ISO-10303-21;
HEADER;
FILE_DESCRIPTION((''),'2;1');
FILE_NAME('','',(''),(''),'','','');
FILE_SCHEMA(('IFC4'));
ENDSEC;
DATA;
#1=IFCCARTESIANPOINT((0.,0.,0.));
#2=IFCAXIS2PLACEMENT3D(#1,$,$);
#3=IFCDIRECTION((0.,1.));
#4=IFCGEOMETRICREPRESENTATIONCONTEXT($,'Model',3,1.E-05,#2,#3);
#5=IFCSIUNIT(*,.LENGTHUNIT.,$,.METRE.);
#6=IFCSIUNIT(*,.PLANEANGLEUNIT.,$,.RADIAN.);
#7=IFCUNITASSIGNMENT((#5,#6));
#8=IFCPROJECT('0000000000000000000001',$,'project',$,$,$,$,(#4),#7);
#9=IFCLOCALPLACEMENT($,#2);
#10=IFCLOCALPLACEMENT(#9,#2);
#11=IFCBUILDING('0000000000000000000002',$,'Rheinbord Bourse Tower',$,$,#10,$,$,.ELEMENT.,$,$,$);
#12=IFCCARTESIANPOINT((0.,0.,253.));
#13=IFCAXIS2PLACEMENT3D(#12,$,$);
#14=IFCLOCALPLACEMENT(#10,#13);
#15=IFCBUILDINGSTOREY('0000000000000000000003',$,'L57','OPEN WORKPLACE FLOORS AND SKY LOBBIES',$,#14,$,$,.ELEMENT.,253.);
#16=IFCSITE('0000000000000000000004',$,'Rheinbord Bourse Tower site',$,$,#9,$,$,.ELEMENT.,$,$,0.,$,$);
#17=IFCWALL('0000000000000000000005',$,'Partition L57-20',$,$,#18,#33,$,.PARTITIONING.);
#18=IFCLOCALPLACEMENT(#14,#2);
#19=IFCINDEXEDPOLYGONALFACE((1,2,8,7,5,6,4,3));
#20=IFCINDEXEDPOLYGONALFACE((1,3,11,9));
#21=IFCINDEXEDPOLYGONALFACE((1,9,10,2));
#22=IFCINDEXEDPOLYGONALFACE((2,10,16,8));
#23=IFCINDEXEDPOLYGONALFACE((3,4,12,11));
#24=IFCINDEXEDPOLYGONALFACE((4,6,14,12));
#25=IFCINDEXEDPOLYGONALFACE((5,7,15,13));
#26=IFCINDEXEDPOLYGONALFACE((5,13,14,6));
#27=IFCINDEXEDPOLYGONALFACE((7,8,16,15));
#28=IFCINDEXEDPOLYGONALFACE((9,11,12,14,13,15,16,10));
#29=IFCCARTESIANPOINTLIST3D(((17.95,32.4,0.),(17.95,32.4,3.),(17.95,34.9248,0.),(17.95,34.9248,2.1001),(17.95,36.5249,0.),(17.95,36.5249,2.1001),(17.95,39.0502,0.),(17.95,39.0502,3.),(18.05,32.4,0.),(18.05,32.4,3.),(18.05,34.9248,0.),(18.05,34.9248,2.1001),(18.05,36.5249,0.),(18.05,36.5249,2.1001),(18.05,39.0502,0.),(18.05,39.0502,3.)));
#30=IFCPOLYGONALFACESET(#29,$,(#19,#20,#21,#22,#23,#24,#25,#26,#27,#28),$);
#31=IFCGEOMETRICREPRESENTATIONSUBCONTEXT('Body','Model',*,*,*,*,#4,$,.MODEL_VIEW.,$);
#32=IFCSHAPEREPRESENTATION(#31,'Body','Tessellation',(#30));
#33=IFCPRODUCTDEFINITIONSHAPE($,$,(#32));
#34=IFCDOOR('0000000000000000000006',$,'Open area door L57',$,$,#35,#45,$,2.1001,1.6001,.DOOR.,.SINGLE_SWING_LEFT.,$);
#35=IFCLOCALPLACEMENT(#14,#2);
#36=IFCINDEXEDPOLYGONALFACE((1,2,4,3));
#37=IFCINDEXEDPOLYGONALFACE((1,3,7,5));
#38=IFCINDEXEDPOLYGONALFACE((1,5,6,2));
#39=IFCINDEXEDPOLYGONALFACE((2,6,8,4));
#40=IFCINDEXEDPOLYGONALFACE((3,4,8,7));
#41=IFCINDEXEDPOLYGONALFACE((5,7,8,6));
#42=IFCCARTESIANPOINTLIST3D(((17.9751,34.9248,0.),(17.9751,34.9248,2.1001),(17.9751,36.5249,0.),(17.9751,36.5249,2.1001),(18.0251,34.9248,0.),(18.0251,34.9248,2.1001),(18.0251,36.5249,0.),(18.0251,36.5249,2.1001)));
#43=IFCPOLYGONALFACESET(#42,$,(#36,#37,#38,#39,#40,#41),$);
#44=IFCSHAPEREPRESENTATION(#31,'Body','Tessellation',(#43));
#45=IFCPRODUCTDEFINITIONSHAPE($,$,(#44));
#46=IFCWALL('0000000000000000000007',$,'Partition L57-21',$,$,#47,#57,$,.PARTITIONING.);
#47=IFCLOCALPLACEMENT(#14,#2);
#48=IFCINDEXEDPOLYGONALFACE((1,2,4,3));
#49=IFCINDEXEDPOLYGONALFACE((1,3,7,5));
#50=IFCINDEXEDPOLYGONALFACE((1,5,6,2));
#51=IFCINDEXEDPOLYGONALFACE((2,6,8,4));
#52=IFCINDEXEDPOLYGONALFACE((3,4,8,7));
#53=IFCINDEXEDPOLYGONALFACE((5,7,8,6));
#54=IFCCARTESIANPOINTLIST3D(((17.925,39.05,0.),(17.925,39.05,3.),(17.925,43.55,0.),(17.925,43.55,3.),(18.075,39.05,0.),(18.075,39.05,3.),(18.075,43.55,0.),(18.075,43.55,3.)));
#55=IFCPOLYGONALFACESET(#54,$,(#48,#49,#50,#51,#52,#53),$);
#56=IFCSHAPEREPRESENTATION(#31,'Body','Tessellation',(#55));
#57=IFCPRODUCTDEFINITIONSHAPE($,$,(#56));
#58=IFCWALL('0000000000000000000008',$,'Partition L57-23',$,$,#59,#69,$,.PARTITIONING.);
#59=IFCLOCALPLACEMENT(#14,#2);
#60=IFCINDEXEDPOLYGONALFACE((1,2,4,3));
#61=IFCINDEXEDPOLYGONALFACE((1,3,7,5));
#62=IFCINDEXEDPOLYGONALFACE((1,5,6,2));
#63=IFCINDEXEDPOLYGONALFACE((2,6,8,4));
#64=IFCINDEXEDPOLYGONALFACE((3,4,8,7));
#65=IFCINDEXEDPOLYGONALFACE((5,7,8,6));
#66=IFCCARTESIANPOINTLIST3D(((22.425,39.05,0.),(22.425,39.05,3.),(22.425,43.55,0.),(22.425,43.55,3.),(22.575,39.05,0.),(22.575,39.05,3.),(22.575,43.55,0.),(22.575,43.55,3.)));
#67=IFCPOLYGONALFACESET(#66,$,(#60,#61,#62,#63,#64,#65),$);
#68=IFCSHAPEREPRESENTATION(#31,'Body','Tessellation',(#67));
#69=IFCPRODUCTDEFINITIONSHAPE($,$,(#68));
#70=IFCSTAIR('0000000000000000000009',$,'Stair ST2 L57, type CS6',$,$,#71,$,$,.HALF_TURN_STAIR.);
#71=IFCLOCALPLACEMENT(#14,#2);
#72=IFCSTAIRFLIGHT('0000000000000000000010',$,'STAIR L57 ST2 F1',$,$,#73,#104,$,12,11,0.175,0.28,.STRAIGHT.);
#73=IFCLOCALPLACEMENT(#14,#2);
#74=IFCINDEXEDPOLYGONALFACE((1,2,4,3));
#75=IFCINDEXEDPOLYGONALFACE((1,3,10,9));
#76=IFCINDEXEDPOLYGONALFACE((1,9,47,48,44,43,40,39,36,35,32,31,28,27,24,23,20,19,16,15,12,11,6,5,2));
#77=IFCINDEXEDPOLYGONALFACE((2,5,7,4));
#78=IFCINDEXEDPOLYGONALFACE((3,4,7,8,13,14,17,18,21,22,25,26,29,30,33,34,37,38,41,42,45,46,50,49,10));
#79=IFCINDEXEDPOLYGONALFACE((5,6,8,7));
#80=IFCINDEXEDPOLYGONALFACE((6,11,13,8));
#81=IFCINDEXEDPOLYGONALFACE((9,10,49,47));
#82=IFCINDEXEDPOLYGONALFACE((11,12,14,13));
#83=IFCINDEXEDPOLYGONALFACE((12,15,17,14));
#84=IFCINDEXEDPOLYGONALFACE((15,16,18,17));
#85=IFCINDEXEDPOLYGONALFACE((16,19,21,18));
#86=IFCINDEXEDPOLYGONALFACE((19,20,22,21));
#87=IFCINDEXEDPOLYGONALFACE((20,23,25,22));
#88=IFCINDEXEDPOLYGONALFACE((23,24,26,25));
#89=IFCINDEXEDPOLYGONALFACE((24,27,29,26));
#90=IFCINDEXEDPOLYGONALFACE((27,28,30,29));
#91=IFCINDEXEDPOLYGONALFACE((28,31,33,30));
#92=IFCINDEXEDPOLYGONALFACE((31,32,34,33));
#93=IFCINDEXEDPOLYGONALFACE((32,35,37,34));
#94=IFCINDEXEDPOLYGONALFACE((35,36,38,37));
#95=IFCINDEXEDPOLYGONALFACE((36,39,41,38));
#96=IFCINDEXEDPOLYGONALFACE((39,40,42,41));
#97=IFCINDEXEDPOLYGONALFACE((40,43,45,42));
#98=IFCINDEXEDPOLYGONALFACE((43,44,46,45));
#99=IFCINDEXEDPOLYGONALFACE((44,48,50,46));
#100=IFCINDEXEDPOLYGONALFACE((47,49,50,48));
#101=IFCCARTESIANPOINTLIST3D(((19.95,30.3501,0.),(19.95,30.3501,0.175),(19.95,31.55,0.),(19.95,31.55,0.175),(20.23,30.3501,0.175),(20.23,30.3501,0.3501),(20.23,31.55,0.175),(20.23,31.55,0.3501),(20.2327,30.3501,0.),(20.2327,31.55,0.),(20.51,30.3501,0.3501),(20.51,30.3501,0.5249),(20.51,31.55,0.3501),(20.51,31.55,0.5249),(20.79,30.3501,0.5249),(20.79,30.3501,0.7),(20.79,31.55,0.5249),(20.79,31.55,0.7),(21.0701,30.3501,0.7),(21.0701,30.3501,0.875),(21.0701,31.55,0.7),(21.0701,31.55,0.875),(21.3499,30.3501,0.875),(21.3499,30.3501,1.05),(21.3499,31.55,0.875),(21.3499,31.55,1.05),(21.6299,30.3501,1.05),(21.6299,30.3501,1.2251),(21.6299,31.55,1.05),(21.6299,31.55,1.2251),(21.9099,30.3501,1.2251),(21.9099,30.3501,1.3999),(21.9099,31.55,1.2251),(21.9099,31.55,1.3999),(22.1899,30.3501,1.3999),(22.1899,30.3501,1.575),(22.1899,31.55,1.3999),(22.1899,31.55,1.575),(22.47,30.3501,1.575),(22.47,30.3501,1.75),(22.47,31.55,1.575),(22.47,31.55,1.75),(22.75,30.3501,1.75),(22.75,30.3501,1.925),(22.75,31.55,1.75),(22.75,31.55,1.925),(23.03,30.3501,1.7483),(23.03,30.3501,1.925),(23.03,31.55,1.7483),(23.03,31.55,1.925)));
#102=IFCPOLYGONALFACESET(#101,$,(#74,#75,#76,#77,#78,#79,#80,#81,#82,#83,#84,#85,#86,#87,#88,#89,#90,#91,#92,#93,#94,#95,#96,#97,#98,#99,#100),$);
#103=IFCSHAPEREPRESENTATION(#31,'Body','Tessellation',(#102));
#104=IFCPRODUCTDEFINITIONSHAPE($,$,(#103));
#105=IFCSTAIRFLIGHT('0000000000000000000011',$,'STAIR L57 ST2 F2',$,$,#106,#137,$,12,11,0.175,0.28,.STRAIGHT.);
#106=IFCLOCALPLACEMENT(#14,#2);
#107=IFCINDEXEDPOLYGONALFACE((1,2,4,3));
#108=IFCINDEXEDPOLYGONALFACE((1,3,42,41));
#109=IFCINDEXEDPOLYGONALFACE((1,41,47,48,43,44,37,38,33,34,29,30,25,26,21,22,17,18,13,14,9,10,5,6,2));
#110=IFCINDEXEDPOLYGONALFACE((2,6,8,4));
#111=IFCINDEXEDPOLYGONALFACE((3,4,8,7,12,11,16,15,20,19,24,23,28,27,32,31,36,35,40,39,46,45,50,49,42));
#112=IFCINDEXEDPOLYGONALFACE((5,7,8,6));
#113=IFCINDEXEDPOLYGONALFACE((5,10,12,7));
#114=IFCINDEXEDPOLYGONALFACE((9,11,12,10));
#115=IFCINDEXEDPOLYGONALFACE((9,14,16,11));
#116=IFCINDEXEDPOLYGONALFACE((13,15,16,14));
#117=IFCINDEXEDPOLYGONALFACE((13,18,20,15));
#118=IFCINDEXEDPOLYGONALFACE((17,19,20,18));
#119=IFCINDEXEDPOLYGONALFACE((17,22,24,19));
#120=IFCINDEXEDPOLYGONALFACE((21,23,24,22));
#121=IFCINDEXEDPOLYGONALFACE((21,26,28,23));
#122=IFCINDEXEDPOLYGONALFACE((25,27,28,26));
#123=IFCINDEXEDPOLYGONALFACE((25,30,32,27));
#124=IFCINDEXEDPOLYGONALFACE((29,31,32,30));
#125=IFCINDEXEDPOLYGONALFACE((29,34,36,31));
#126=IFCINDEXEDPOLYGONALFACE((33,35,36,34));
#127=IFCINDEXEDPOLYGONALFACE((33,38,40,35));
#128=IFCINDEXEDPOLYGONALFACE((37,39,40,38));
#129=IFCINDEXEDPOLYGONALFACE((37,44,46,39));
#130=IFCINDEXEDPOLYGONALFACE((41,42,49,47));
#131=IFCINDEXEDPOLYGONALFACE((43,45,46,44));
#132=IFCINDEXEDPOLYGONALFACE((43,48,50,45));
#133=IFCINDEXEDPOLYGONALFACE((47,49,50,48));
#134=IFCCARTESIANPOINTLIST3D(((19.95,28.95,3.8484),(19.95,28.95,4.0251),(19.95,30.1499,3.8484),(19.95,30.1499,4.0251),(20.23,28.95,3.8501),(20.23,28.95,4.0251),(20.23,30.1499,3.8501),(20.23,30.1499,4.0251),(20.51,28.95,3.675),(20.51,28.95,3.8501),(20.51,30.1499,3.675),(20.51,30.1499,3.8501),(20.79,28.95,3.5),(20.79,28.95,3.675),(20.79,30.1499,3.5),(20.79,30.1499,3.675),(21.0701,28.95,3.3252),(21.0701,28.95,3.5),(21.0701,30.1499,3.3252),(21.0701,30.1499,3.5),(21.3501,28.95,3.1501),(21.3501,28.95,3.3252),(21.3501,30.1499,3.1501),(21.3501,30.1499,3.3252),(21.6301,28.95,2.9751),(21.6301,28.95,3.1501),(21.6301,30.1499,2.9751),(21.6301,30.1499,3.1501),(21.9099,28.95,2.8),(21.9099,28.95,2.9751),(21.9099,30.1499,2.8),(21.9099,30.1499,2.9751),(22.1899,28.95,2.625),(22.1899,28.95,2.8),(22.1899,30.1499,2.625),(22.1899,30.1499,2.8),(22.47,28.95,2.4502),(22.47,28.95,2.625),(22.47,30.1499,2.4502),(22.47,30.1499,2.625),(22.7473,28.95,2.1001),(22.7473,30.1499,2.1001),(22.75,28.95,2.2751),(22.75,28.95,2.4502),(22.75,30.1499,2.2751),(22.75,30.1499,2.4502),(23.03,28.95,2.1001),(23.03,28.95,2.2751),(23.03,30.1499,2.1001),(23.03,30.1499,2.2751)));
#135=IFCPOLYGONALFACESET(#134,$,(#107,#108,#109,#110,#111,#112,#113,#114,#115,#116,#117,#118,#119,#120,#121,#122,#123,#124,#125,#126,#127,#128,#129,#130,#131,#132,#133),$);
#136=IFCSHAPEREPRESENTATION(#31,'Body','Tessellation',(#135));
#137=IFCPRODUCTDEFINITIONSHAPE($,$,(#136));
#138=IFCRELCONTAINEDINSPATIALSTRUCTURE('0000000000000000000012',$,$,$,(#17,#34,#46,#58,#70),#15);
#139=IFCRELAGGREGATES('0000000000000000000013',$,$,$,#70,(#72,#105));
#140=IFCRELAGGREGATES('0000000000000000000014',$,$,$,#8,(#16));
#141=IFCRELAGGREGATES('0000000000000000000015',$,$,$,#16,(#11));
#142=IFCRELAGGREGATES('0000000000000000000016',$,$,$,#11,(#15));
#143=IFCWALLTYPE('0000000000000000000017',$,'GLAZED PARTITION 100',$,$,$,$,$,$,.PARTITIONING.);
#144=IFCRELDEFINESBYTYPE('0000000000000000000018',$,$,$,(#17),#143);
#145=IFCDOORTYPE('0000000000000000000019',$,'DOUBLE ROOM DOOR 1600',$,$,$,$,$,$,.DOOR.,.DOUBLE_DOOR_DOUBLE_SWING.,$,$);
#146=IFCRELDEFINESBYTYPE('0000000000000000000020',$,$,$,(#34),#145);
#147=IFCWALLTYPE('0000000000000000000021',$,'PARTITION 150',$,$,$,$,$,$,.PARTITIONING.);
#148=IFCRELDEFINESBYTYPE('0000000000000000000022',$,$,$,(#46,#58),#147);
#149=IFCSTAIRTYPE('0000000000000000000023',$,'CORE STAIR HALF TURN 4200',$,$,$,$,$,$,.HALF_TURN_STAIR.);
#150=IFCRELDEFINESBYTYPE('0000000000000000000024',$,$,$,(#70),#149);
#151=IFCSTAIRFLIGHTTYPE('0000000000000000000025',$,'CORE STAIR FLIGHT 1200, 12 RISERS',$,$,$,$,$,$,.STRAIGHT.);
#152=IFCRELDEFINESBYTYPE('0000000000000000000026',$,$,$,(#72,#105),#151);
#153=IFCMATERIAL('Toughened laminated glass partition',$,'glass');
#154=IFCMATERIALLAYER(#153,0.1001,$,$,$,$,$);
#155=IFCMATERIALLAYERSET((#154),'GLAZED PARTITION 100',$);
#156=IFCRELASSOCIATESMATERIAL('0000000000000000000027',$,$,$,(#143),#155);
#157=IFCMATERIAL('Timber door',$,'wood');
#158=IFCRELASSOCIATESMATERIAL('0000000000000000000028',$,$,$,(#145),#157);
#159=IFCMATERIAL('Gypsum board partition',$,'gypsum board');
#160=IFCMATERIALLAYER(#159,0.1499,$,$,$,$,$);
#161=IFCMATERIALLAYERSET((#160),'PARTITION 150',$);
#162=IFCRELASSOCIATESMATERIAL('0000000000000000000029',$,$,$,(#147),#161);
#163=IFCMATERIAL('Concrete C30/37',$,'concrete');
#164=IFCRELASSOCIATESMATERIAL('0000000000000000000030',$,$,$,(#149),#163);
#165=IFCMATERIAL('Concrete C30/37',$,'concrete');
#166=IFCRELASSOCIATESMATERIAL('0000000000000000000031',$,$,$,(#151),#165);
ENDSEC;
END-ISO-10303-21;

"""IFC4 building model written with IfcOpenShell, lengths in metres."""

from ifc_helpers import new_model, si_unit, direction, frame, frame_2d, origin, place, context, subcontext, project, spatial, polyline, rectangle, outline, extrude, material, layer, layer_set, type_object, element, fill, aggregate, save


model = new_model("IFC4")

# Units and contexts
model_context = context("Model", 3, precision=1e-05, world=origin(), true_north=direction((0.0, 1.0)))
body_context = subcontext(model_context, "Body", "Model", "MODEL_VIEW")
ifc_project = project(units=[si_unit("LENGTHUNIT", "METRE"), si_unit("PLANEANGLEUNIT", "RADIAN")], contexts=[model_context])

# Site, building, storey
site_placement = place(None, origin())
site = spatial("IfcSite", under=ifc_project, at=site_placement, Name="Rheinbord Bourse Tower site", CompositionType="ELEMENT", RefElevation=0.0)
building_placement = place(site_placement, origin())
building = spatial("IfcBuilding", under=site, at=building_placement, Name="Rheinbord Bourse Tower", CompositionType="ELEMENT")
storey_placement = place(building_placement, frame((0.0, 0.0, 253.0)))
storey = spatial("IfcBuildingStorey", under=building, at=storey_placement, Name="L57", Description="OPEN WORKPLACE FLOORS AND SKY LOBBIES", CompositionType="ELEMENT", Elevation=253.0)

# Wall, opening, door
ifc_material_1 = material(Name="Toughened laminated glass partition", Category="glass")
ifc_layer_1 = layer(ifc_material_1, 0.1001)
ifc_layer_set_1 = layer_set([ifc_layer_1], Name="GLAZED PARTITION 100")
wall_type_1 = type_object("IfcWallType", Name="GLAZED PARTITION 100", PredefinedType="PARTITIONING", material=ifc_layer_set_1)
wall_1_placement = place(storey_placement, frame((18.0, 32.3999, 0.0), z_axis=(0.0, 0.0, 1.0), x_axis=(0.0, 1.0, 0.0)))
wall_1 = element("IfcWall", 1, at=wall_1_placement, inside=storey, type_object=wall_type_1, Name="Partition L57-20", PredefinedType="PARTITIONING", context=body_context, shape_type="SweptSolid", body=[
    extrude(rectangle(XDim=6.6501, YDim=0.1001, at=frame_2d((3.3252, 0.0))), origin(), (0.0, 0.0, 1.0), 3.0),
])
opening_1_placement = place(wall_1_placement, frame((2.5249, 0.0, 0.0)))
opening_1 = element("IfcOpeningElement", 2, at=opening_1_placement, cuts=wall_1, PredefinedType="OPENING", context=body_context, shape_type="SweptSolid", body=[
    extrude(rectangle(XDim=1.6001, YDim=2.1001, at=frame_2d((0.8, 1.05))), frame((0.0, 0.0601, 0.0), z_axis=(0.0, -1.0, 0.0), x_axis=(1.0, 0.0, 0.0)), (0.0, 0.0, 1.0), 0.1201),
])
ifc_material_2 = material(Name="Timber door", Category="wood")
door_type_1 = type_object("IfcDoorType", Name="DOUBLE ROOM DOOR 1600", OperationType="DOUBLE_DOOR_DOUBLE_SWING", PredefinedType="DOOR", material=ifc_material_2)
door_1_placement = place(opening_1_placement, origin())
door_1 = element("IfcDoor", 3, at=door_1_placement, inside=storey, type_object=door_type_1, Name="Open area door L57", OperationType="SINGLE_SWING_LEFT", OverallHeight=2.1001, OverallWidth=1.6001, PredefinedType="DOOR", context=body_context, shape_type="SweptSolid", body=[
    extrude(rectangle(XDim=1.6001, YDim=2.1001, at=frame_2d((0.8, 1.05))), frame((0.0, 0.0249, 0.0), z_axis=(0.0, -1.0, 0.0), x_axis=(1.0, 0.0, 0.0)), (0.0, 0.0, 1.0), 0.05),
])
fill(opening_1, door_1)

# Walls
ifc_material_3 = material(Name="Gypsum board partition", Category="gypsum board")
ifc_layer_2 = layer(ifc_material_3, 0.1499)
ifc_layer_set_2 = layer_set([ifc_layer_2], Name="PARTITION 150")
wall_type_2 = type_object("IfcWallType", Name="PARTITION 150", PredefinedType="PARTITIONING", material=ifc_layer_set_2)
for number, where, z_axis, x_axis, name in (
    (4, (18.0, 39.05, 0.0), (0.0, 0.0, 1.0), (0.0, 1.0, 0.0), "Partition L57-21"),
    (5, (22.5, 39.05, 0.0), (0.0, 0.0, 1.0), (0.0, 1.0, 0.0), "Partition L57-23"),
):
    element("IfcWall", number, at=place(storey_placement, frame(where, z_axis=z_axis, x_axis=x_axis)), inside=storey, type_object=wall_type_2, Name=name, PredefinedType="PARTITIONING", context=body_context, shape_type="SweptSolid", body=[
        extrude(rectangle(XDim=4.5, YDim=0.1499, at=frame_2d((2.25, 0.0))), origin(), (0.0, 0.0, 1.0), 3.0),
    ])

# Stair, stair flights
ifc_material_4 = material(Name="Concrete C30/37", Category="concrete")
stair_type = type_object("IfcStairType", Name="CORE STAIR HALF TURN 4200", PredefinedType="HALF_TURN_STAIR", material=ifc_material_4)
stair_placement = place(storey_placement, origin())
stair = element("IfcStair", 6, at=stair_placement, inside=storey, type_object=stair_type, Name="Stair ST2 L57, type CS6", PredefinedType="HALF_TURN_STAIR")
ifc_material_5 = material(Name="Concrete C30/37", Category="concrete")
stair_flight_type = type_object("IfcStairFlightType", Name="CORE STAIR FLIGHT 1200, 12 RISERS", PredefinedType="STRAIGHT", material=ifc_material_5)
stair_flight_1_placement = place(storey_placement, frame((19.95, 30.95, 0.0), z_axis=(0.0, 0.0, 1.0), x_axis=(1.0, 0.0, 0.0)))
stair_flight_1 = element("IfcStairFlight", 7, at=stair_flight_1_placement, type_object=stair_flight_type, Name="STAIR L57 ST2 F1", NumberOfRisers=12, NumberOfTreads=11, PredefinedType="STRAIGHT", RiserHeight=0.175, TreadLength=0.28, context=body_context, shape_type="SweptSolid", body=[
    extrude(outline(polyline([(0.0, 0.0), (0.0, 0.175), (0.28, 0.175), (0.28, 0.3501), (0.5601, 0.3501), (0.5601, 0.5249), (0.8401, 0.5249), (0.8401, 0.7), (1.1201, 0.7), (1.1201, 0.875), (1.3999, 0.875), (1.3999, 1.05), (1.6799, 1.05), (1.6799, 1.2251), (1.96, 1.2251), (1.96, 1.3999), (2.24, 1.3999), (2.24, 1.575), (2.52, 1.575), (2.52, 1.75), (2.8, 1.75), (2.8, 1.925), (3.0801, 1.925), (3.0801, 2.1001), (3.0801, 1.7483), (0.2827, 0.0), (0.0, 0.0)])), frame((0.0, 0.6001, 0.0), z_axis=(0.0, -1.0, 0.0), x_axis=(1.0, 0.0, 0.0)), (0.0, 0.0, 1.0), 1.2),
])
stair_flight_2_placement = place(storey_placement, frame((23.03, 29.55, 2.1001), z_axis=(0.0, 0.0, 1.0), x_axis=(-1.0, 0.0, 0.0)))
stair_flight_2 = element("IfcStairFlight", 8, at=stair_flight_2_placement, type_object=stair_flight_type, Name="STAIR L57 ST2 F2", NumberOfRisers=12, NumberOfTreads=11, PredefinedType="STRAIGHT", RiserHeight=0.175, TreadLength=0.28, context=body_context, shape_type="SweptSolid", body=[
    extrude(outline(polyline([(0.0, 0.0), (0.0, 0.175), (0.28, 0.175), (0.28, 0.3501), (0.5601, 0.3501), (0.5601, 0.5249), (0.8401, 0.5249), (0.8401, 0.7), (1.1201, 0.7), (1.1201, 0.875), (1.3999, 0.875), (1.3999, 1.05), (1.6799, 1.05), (1.6799, 1.2251), (1.96, 1.2251), (1.96, 1.3999), (2.24, 1.3999), (2.24, 1.575), (2.52, 1.575), (2.52, 1.75), (2.8, 1.75), (2.8, 1.925), (3.0801, 1.925), (3.0801, 2.1001), (3.0801, 1.7483), (0.2827, 0.0), (0.0, 0.0)])), frame((0.0, 0.6001, 0.0), z_axis=(0.0, -1.0, 0.0), x_axis=(1.0, 0.0, 0.0)), (0.0, 0.0, 1.0), 1.2),
])
aggregate(stair, [stair_flight_1, stair_flight_2])

save(model, "model.ifc")
